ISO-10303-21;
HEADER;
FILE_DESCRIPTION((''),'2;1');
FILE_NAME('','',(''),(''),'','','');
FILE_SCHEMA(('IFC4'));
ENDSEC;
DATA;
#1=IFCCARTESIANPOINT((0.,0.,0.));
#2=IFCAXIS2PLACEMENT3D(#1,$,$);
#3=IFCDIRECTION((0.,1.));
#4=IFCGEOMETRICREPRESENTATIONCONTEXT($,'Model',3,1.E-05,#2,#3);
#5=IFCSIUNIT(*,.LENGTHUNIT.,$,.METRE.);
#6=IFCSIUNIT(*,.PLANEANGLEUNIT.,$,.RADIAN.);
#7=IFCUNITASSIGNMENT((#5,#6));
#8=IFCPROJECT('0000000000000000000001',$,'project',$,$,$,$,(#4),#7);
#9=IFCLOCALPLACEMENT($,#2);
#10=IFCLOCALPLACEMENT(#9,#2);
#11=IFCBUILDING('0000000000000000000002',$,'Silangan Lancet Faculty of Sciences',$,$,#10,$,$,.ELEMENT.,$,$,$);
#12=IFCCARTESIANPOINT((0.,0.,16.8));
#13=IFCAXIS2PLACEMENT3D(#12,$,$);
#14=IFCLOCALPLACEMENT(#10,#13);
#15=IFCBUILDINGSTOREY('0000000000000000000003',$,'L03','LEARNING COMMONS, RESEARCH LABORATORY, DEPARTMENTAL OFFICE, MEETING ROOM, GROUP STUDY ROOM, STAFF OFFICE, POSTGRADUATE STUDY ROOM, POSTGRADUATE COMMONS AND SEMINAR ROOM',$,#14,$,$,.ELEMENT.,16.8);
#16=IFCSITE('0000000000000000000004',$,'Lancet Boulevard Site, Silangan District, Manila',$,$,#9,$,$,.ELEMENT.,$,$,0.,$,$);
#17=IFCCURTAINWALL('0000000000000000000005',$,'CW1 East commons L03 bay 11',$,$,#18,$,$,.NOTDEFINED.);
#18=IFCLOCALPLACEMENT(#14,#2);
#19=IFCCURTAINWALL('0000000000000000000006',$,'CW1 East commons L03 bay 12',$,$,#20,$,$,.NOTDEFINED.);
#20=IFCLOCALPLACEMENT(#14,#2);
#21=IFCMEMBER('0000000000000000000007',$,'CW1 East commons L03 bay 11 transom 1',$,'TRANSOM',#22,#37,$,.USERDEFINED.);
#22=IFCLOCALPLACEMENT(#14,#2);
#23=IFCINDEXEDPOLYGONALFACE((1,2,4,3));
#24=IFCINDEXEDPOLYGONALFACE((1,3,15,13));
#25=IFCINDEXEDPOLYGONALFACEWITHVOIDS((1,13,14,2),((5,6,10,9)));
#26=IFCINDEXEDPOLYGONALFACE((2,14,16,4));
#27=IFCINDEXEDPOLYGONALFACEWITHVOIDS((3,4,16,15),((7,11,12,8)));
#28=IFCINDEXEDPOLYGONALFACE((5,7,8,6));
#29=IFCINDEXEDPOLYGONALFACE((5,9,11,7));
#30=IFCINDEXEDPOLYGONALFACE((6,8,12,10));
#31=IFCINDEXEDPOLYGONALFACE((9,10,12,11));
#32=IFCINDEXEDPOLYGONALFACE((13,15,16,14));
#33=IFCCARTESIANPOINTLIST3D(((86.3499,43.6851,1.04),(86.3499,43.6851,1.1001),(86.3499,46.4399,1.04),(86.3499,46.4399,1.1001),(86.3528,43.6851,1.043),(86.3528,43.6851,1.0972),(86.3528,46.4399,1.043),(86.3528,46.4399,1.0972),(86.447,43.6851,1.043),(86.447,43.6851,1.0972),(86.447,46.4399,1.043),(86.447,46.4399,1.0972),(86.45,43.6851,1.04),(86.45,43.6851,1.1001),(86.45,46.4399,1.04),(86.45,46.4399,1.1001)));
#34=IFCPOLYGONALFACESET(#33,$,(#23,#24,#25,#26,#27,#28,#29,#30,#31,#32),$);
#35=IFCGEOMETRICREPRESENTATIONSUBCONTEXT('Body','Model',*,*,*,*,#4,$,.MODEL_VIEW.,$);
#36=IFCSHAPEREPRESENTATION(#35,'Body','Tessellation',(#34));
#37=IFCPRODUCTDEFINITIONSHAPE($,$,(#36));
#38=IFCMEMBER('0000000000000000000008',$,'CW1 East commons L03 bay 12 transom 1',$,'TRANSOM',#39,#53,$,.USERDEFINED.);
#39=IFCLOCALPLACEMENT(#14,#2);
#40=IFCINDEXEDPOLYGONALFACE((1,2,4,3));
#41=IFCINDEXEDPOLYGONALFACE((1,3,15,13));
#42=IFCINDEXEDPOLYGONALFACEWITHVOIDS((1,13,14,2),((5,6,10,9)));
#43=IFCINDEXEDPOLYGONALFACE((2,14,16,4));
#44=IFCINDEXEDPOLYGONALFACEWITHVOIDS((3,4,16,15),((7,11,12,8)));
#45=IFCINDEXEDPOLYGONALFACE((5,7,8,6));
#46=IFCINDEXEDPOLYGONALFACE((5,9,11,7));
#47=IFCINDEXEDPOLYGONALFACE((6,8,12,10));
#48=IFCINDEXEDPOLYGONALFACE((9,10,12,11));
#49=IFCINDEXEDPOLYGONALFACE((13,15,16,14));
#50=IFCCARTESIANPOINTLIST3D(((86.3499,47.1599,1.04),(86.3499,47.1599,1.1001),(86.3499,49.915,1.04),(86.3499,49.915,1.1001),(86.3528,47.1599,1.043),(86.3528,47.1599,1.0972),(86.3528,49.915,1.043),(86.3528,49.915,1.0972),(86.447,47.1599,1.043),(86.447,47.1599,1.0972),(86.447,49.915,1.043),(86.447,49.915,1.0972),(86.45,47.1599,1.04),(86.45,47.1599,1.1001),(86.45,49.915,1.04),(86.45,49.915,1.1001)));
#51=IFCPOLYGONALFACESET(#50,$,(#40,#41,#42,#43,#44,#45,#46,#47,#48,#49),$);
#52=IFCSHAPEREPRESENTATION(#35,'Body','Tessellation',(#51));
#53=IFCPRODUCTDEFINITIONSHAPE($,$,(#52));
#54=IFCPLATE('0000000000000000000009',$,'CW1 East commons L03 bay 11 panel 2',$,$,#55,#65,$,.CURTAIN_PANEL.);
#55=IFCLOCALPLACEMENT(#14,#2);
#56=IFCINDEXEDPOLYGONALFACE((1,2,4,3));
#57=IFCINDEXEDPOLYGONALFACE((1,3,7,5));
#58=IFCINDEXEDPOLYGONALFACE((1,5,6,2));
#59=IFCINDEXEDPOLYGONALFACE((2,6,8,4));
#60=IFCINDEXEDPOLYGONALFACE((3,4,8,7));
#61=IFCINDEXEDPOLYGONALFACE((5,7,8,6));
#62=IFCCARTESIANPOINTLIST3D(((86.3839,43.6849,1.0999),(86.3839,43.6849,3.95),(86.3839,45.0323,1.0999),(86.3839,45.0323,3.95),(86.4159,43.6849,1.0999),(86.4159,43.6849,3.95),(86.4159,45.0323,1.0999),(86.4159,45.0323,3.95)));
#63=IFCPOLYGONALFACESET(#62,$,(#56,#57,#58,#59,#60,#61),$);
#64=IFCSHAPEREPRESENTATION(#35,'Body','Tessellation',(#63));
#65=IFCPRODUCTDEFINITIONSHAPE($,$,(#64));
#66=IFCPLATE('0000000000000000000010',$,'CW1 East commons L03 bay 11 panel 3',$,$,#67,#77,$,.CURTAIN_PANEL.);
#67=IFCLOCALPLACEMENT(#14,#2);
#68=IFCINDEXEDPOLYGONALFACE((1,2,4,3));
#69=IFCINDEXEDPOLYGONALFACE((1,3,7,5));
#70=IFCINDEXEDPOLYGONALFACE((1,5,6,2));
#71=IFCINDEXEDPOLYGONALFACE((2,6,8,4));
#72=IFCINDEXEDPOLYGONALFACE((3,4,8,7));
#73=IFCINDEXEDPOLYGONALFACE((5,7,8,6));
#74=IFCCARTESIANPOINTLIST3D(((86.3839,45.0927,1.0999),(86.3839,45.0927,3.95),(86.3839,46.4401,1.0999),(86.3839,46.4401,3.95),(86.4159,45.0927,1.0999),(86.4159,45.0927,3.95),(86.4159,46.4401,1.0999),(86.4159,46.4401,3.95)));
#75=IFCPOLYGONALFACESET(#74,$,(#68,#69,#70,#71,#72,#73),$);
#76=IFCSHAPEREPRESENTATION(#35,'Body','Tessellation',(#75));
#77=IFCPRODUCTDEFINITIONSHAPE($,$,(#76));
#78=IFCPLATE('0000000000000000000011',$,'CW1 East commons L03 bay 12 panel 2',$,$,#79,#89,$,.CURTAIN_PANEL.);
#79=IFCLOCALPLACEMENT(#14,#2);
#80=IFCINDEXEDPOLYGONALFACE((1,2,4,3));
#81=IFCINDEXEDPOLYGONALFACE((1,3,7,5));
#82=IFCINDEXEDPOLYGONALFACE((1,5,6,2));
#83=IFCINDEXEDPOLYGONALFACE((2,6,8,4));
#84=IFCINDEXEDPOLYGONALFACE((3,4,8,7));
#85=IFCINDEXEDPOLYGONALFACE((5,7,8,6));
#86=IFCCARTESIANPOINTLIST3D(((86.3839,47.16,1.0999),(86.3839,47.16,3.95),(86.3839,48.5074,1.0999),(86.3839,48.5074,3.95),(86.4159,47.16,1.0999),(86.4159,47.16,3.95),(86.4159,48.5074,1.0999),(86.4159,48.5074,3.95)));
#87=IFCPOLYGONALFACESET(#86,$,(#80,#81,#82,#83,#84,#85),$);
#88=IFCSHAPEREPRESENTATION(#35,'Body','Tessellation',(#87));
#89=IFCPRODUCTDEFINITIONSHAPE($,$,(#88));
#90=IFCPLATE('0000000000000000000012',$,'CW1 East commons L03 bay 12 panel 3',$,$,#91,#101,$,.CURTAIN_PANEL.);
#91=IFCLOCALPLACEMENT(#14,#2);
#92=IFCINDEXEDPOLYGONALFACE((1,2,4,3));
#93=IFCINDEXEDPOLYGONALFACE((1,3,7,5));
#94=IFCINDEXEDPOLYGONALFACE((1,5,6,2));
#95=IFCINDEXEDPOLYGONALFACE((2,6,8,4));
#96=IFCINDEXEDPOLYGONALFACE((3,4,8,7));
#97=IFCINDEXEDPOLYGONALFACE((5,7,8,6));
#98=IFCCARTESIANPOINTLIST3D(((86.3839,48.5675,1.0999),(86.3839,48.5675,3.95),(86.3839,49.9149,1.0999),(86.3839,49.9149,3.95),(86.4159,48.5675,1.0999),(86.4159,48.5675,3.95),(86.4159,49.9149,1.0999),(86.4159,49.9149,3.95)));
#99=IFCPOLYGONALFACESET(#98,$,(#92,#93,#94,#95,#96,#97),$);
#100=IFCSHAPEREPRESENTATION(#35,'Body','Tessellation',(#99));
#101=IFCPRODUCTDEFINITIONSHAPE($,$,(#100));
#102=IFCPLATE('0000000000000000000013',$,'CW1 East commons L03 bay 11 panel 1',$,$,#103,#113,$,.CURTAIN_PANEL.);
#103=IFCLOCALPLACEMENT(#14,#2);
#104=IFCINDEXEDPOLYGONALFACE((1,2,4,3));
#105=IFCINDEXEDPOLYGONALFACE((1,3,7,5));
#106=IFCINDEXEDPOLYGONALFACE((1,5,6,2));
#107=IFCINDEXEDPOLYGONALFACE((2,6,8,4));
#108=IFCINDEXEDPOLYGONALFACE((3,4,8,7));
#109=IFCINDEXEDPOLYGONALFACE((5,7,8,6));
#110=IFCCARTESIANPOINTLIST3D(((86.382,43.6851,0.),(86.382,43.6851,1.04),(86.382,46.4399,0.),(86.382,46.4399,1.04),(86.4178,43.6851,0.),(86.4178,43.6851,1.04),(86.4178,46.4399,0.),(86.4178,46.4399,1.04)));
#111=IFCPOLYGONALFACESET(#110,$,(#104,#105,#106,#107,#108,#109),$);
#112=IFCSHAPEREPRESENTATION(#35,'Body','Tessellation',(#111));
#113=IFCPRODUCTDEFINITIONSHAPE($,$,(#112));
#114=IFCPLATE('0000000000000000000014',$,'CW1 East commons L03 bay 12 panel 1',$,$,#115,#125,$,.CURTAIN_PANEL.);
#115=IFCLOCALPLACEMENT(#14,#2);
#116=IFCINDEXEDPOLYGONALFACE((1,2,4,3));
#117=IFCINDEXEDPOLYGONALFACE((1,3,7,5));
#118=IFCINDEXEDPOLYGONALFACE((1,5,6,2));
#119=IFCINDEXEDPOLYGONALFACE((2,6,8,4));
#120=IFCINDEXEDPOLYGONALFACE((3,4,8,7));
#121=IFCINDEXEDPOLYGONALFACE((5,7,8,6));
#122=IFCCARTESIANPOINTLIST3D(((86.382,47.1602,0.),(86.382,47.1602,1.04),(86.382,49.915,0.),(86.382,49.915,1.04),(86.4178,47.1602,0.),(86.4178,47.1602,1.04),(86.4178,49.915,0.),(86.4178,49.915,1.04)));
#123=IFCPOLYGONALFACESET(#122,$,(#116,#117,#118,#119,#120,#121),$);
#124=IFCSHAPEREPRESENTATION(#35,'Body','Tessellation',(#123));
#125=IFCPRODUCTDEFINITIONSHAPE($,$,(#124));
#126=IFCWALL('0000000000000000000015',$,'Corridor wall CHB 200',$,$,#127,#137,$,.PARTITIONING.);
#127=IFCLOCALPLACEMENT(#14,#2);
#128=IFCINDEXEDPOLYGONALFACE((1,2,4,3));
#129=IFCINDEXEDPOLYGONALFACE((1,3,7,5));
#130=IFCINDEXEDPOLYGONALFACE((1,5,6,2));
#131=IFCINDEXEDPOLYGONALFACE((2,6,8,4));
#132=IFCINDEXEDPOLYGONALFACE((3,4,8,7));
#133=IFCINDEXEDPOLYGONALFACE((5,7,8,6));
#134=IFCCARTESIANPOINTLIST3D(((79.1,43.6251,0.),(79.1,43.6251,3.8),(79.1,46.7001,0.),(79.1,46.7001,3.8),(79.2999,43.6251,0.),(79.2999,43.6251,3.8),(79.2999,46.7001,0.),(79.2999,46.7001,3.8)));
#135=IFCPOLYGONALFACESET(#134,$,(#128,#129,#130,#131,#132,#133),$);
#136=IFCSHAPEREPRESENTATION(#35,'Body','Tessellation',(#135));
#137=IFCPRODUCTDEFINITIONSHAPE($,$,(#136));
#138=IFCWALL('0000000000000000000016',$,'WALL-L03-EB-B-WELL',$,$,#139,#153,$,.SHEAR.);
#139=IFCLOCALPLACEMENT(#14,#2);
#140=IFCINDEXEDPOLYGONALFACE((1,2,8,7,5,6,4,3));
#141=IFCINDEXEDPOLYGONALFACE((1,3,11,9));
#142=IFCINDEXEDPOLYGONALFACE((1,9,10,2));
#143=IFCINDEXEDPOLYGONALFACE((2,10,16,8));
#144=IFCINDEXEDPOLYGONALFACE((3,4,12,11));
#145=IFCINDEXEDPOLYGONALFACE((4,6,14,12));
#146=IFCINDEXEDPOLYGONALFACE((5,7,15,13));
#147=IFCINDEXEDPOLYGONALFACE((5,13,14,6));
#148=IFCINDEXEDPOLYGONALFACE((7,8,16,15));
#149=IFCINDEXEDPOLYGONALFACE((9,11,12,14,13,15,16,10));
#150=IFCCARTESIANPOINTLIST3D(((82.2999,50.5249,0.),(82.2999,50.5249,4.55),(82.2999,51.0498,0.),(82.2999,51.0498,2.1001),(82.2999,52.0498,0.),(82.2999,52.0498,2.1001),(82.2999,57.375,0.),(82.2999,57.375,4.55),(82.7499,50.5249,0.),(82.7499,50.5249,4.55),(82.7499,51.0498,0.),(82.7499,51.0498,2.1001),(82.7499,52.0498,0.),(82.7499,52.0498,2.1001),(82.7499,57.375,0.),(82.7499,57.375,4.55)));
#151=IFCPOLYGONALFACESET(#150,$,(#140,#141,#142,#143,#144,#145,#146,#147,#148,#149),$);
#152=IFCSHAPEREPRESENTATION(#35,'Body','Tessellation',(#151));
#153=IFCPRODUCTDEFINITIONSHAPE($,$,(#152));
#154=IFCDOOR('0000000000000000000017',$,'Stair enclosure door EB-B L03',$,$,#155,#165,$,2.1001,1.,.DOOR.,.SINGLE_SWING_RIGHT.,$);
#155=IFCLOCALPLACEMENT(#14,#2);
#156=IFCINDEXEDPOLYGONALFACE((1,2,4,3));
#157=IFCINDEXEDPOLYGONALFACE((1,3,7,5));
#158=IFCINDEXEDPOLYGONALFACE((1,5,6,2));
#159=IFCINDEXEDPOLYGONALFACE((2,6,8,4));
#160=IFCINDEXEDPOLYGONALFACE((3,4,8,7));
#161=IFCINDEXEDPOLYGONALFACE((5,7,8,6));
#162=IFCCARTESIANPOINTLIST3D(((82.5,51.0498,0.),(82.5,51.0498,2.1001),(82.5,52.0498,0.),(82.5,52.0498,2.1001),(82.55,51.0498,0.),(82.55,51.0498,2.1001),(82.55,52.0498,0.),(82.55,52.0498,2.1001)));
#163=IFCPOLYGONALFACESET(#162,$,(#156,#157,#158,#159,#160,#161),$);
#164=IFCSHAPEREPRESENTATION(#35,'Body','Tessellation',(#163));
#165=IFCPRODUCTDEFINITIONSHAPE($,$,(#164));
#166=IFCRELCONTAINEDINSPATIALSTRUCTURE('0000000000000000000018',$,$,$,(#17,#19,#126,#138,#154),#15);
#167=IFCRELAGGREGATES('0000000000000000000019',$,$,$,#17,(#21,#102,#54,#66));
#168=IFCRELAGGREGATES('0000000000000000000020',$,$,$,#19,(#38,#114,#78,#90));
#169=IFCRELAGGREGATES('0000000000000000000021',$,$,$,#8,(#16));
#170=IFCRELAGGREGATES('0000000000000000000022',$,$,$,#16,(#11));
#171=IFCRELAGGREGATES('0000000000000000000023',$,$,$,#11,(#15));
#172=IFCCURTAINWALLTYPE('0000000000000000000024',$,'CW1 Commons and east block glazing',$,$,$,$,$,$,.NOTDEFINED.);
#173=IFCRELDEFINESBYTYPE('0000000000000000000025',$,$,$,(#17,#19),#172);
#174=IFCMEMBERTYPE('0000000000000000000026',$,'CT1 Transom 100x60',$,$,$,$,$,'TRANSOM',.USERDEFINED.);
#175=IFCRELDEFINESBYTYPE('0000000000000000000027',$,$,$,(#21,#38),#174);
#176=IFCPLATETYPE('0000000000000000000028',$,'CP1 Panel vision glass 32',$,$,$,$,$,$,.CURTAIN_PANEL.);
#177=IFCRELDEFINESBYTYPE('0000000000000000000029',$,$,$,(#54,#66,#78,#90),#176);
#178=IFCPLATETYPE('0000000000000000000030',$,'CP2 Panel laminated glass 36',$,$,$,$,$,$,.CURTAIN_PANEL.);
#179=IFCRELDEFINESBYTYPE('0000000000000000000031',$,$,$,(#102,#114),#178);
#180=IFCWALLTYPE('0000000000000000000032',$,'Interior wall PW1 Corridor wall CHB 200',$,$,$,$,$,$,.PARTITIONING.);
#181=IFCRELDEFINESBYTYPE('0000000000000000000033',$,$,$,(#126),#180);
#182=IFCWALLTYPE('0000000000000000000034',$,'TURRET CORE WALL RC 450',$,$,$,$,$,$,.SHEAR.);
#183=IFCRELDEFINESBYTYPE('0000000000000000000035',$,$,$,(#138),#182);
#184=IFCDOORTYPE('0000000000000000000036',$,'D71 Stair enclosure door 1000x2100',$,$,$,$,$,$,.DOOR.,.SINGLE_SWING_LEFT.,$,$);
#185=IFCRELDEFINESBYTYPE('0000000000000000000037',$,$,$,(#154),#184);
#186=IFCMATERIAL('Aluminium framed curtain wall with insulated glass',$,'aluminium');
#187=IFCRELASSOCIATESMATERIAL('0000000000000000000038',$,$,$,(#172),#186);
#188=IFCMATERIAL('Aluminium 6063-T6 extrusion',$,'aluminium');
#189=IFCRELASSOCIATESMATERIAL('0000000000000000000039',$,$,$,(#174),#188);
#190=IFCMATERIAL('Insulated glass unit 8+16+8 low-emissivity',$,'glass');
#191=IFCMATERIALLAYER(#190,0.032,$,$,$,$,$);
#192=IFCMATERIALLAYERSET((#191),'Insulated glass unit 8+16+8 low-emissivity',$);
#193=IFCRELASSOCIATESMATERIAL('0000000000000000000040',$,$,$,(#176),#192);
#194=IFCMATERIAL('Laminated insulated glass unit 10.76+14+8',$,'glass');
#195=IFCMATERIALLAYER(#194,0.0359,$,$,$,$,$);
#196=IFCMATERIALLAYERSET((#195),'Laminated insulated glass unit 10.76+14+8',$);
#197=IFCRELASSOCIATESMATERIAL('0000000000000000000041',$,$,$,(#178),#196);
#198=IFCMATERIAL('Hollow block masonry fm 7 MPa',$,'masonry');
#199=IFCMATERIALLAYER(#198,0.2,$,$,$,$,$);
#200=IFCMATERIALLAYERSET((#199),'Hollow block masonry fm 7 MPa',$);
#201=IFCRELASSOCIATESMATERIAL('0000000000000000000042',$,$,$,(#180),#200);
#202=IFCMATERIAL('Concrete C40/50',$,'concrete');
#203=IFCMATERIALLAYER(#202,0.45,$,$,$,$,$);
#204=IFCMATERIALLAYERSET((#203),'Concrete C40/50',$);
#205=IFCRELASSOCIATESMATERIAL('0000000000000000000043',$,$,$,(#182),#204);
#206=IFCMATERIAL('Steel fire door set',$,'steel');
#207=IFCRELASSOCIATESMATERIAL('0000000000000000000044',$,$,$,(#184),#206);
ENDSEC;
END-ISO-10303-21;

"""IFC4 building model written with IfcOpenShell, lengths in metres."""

from ifc_helpers import new_model, si_unit, direction, frame, frame_2d, origin, origin_2d, place, context, subcontext, project, spatial, rectangle, hollow_rectangle, extrude, material, layer, layer_set, material_profile, profile_set, type_object, element, fill, aggregate, save


model = new_model("IFC4")

# Units and contexts
model_context = context("Model", 3, precision=1e-05, world=origin(), true_north=direction((0.0, 1.0)))
body_context = subcontext(model_context, "Body", "Model", "MODEL_VIEW")
ifc_project = project(units=[si_unit("LENGTHUNIT", "METRE"), si_unit("PLANEANGLEUNIT", "RADIAN")], contexts=[model_context])

# Site, building, storey
site_placement = place(None, origin())
site = spatial("IfcSite", under=ifc_project, at=site_placement, Name="Lancet Boulevard Site, Silangan District, Manila", CompositionType="ELEMENT", RefElevation=0.0)
building_placement = place(site_placement, origin())
building = spatial("IfcBuilding", under=site, at=building_placement, Name="Silangan Lancet Faculty of Sciences", CompositionType="ELEMENT")
storey_placement = place(building_placement, frame((0.0, 0.0, 16.8)))
storey = spatial("IfcBuildingStorey", under=building, at=storey_placement, Name="L03", Description="LEARNING COMMONS, RESEARCH LABORATORY, DEPARTMENTAL OFFICE, MEETING ROOM, GROUP STUDY ROOM, STAFF OFFICE, POSTGRADUATE STUDY ROOM, POSTGRADUATE COMMONS AND SEMINAR ROOM", CompositionType="ELEMENT", Elevation=16.8)

# Curtain walls
ifc_material_1 = material(Name="Aluminium framed curtain wall with insulated glass", Category="aluminium")
curtain_wall_type = type_object("IfcCurtainWallType", Name="CW1 Commons and east block glazing", PredefinedType="NOTDEFINED", material=ifc_material_1)
curtain_wall_1_placement = place(storey_placement, origin())
curtain_wall_1 = element("IfcCurtainWall", 1, at=curtain_wall_1_placement, inside=storey, type_object=curtain_wall_type, Name="CW1 East commons L03 bay 11", PredefinedType="NOTDEFINED")
curtain_wall_2_placement = place(storey_placement, origin())
curtain_wall_2 = element("IfcCurtainWall", 2, at=curtain_wall_2_placement, inside=storey, type_object=curtain_wall_type, Name="CW1 East commons L03 bay 12", PredefinedType="NOTDEFINED")

# Members
ifc_material_2 = material(Name="Aluminium 6063-T6 extrusion", Category="aluminium")
ifc_material_profile_1 = material_profile(ifc_material_2, hollow_rectangle(XDim=0.1001, YDim=0.0601, WallThickness=0.0029, at=origin_2d()), Name="AL BOX 100x60x3")
ifc_profile_set_1 = profile_set([ifc_material_profile_1], Name="Aluminium 6063-T6 extrusion")
member_type_1 = type_object("IfcMemberType", Name="CT1 Transom 100x60", ElementType="TRANSOM", PredefinedType="USERDEFINED", material=ifc_profile_set_1)
member_1_placement = place(storey_placement, frame((86.3999, 43.6851, 1.0701), z_axis=(0.0, 1.0, 0.0), x_axis=(-1.0, 0.0, 0.0)))
member_1 = element("IfcMember", 3, at=member_1_placement, type_object=member_type_1, Name="CW1 East commons L03 bay 11 transom 1", ObjectType="TRANSOM", PredefinedType="USERDEFINED", context=body_context, shape_type="SweptSolid", body=[
    extrude(hollow_rectangle(XDim=0.1001, YDim=0.0601, WallThickness=0.0029, at=origin_2d()), origin(), (0.0, 0.0, 1.0), 2.7549),
])
member_2_placement = place(storey_placement, frame((86.3999, 47.1599, 1.0701), z_axis=(0.0, 1.0, 0.0), x_axis=(-1.0, 0.0, 0.0)))
member_2 = element("IfcMember", 4, at=member_2_placement, type_object=member_type_1, Name="CW1 East commons L03 bay 12 transom 1", ObjectType="TRANSOM", PredefinedType="USERDEFINED", context=body_context, shape_type="SweptSolid", body=[
    extrude(hollow_rectangle(XDim=0.1001, YDim=0.0601, WallThickness=0.0029, at=origin_2d()), origin(), (0.0, 0.0, 1.0), 2.7551),
])

# Plates
ifc_material_3 = material(Name="Insulated glass unit 8+16+8 low-emissivity", Category="glass")
ifc_layer_1 = layer(ifc_material_3, 0.032)
ifc_layer_set_1 = layer_set([ifc_layer_1], Name="Insulated glass unit 8+16+8 low-emissivity")
plate_type_1 = type_object("IfcPlateType", Name="CP1 Panel vision glass 32", PredefinedType="CURTAIN_PANEL", material=ifc_layer_set_1)
plate_1_placement = place(storey_placement, frame((86.3999, 44.3586, 1.0999), z_axis=(0.0, 0.0, 1.0), x_axis=(0.0, 1.0, 0.0)))
plate_1 = element("IfcPlate", 5, at=plate_1_placement, type_object=plate_type_1, Name="CW1 East commons L03 bay 11 panel 2", PredefinedType="CURTAIN_PANEL", context=body_context, shape_type="SweptSolid", body=[
    extrude(rectangle(XDim=1.3474, YDim=0.032, at=origin_2d()), origin(), (0.0, 0.0, 1.0), 2.8501),
])
plate_2_placement = place(storey_placement, frame((86.3999, 45.7664, 1.0999), z_axis=(0.0, 0.0, 1.0), x_axis=(0.0, 1.0, 0.0)))
plate_2 = element("IfcPlate", 6, at=plate_2_placement, type_object=plate_type_1, Name="CW1 East commons L03 bay 11 panel 3", PredefinedType="CURTAIN_PANEL", context=body_context, shape_type="SweptSolid", body=[
    extrude(rectangle(XDim=1.3474, YDim=0.032, at=origin_2d()), origin(), (0.0, 0.0, 1.0), 2.8501),
])
plate_3_placement = place(storey_placement, frame((86.3999, 47.8337, 1.0999), z_axis=(0.0, 0.0, 1.0), x_axis=(0.0, 1.0, 0.0)))
plate_3 = element("IfcPlate", 7, at=plate_3_placement, type_object=plate_type_1, Name="CW1 East commons L03 bay 12 panel 2", PredefinedType="CURTAIN_PANEL", context=body_context, shape_type="SweptSolid", body=[
    extrude(rectangle(XDim=1.3474, YDim=0.032, at=origin_2d()), origin(), (0.0, 0.0, 1.0), 2.8501),
])
plate_4_placement = place(storey_placement, frame((86.3999, 49.2412, 1.0999), z_axis=(0.0, 0.0, 1.0), x_axis=(0.0, 1.0, 0.0)))
plate_4 = element("IfcPlate", 8, at=plate_4_placement, type_object=plate_type_1, Name="CW1 East commons L03 bay 12 panel 3", PredefinedType="CURTAIN_PANEL", context=body_context, shape_type="SweptSolid", body=[
    extrude(rectangle(XDim=1.3474, YDim=0.032, at=origin_2d()), origin(), (0.0, 0.0, 1.0), 2.8501),
])
ifc_material_4 = material(Name="Laminated insulated glass unit 10.76+14+8", Category="glass")
ifc_layer_2 = layer(ifc_material_4, 0.0359)
ifc_layer_set_2 = layer_set([ifc_layer_2], Name="Laminated insulated glass unit 10.76+14+8")
plate_type_2 = type_object("IfcPlateType", Name="CP2 Panel laminated glass 36", PredefinedType="CURTAIN_PANEL", material=ifc_layer_set_2)
plate_5_placement = place(storey_placement, frame((86.3999, 45.0625, 0.0), z_axis=(0.0, 0.0, 1.0), x_axis=(0.0, 1.0, 0.0)))
plate_5 = element("IfcPlate", 9, at=plate_5_placement, type_object=plate_type_2, Name="CW1 East commons L03 bay 11 panel 1", PredefinedType="CURTAIN_PANEL", context=body_context, shape_type="SweptSolid", body=[
    extrude(rectangle(XDim=2.7549, YDim=0.0359, at=origin_2d()), origin(), (0.0, 0.0, 1.0), 1.04),
])
aggregate(curtain_wall_1, [member_1, plate_5, plate_1, plate_2])
plate_6_placement = place(storey_placement, frame((86.3999, 48.5376, 0.0), z_axis=(0.0, 0.0, 1.0), x_axis=(0.0, 1.0, 0.0)))
plate_6 = element("IfcPlate", 10, at=plate_6_placement, type_object=plate_type_2, Name="CW1 East commons L03 bay 12 panel 1", PredefinedType="CURTAIN_PANEL", context=body_context, shape_type="SweptSolid", body=[
    extrude(rectangle(XDim=2.7549, YDim=0.0359, at=origin_2d()), origin(), (0.0, 0.0, 1.0), 1.04),
])
aggregate(curtain_wall_2, [member_2, plate_6, plate_3, plate_4])

# Wall
ifc_material_5 = material(Name="Hollow block masonry fm 7 MPa", Category="masonry")
ifc_layer_3 = layer(ifc_material_5, 0.2)
ifc_layer_set_3 = layer_set([ifc_layer_3], Name="Hollow block masonry fm 7 MPa")
wall_type_1 = type_object("IfcWallType", Name="Interior wall PW1 Corridor wall CHB 200", PredefinedType="PARTITIONING", material=ifc_layer_set_3)
wall_1_placement = place(storey_placement, frame((79.2, 43.625, 0.0), z_axis=(0.0, 0.0, 1.0), x_axis=(0.0, 1.0, 0.0)))
element("IfcWall", 11, at=wall_1_placement, inside=storey, type_object=wall_type_1, Name="Corridor wall CHB 200", PredefinedType="PARTITIONING", context=body_context, shape_type="SweptSolid", body=[
    extrude(rectangle(XDim=3.075, YDim=0.2, at=frame_2d((1.5376, 0.0))), origin(), (0.0, 0.0, 1.0), 3.8),
])

# Wall, opening, door
ifc_material_6 = material(Name="Concrete C40/50", Category="concrete")
ifc_layer_4 = layer(ifc_material_6, 0.45)
ifc_layer_set_4 = layer_set([ifc_layer_4], Name="Concrete C40/50")
wall_type_2 = type_object("IfcWallType", Name="TURRET CORE WALL RC 450", PredefinedType="SHEAR", material=ifc_layer_set_4)
wall_2_placement = place(storey_placement, frame((82.5249, 50.5249, 0.0), z_axis=(0.0, 0.0, 1.0), x_axis=(0.0, 1.0, 0.0)))
wall_2 = element("IfcWall", 12, at=wall_2_placement, inside=storey, type_object=wall_type_2, Name="WALL-L03-EB-B-WELL", PredefinedType="SHEAR", context=body_context, shape_type="SweptSolid", body=[
    extrude(rectangle(XDim=6.8501, YDim=0.45, at=frame_2d((3.425, 0.0))), origin(), (0.0, 0.0, 1.0), 4.55),
])
opening_1_placement = place(wall_2_placement, frame((0.5249, 0.0, 0.0)))
opening_1 = element("IfcOpeningElement", 13, at=opening_1_placement, cuts=wall_2, PredefinedType="OPENING", context=body_context, shape_type="SweptSolid", body=[
    extrude(rectangle(XDim=1.0, YDim=2.1001, at=frame_2d((0.5, 1.05))), frame((0.0, 0.2349, 0.0), z_axis=(0.0, -1.0, 0.0), x_axis=(1.0, 0.0, 0.0)), (0.0, 0.0, 1.0), 0.47),
])
ifc_material_7 = material(Name="Steel fire door set", Category="steel")
door_type_1 = type_object("IfcDoorType", Name="D71 Stair enclosure door 1000x2100", OperationType="SINGLE_SWING_LEFT", PredefinedType="DOOR", material=ifc_material_7)
door_1_placement = place(opening_1_placement, frame((1.0, 0.0, 0.0), z_axis=(0.0, 0.0, 1.0), x_axis=(-1.0, 0.0, 0.0)))
door_1 = element("IfcDoor", 14, at=door_1_placement, inside=storey, type_object=door_type_1, Name="Stair enclosure door EB-B L03", OperationType="SINGLE_SWING_RIGHT", OverallHeight=2.1001, OverallWidth=1.0, PredefinedType="DOOR", context=body_context, shape_type="SweptSolid", body=[
    extrude(rectangle(XDim=1.0, YDim=2.1001, at=frame_2d((0.5, 1.05))), frame((0.0, 0.0251, 0.0), z_axis=(0.0, -1.0, 0.0), x_axis=(1.0, 0.0, 0.0)), (0.0, 0.0, 1.0), 0.05),
])
fill(opening_1, door_1)

save(model, "model.ifc")
